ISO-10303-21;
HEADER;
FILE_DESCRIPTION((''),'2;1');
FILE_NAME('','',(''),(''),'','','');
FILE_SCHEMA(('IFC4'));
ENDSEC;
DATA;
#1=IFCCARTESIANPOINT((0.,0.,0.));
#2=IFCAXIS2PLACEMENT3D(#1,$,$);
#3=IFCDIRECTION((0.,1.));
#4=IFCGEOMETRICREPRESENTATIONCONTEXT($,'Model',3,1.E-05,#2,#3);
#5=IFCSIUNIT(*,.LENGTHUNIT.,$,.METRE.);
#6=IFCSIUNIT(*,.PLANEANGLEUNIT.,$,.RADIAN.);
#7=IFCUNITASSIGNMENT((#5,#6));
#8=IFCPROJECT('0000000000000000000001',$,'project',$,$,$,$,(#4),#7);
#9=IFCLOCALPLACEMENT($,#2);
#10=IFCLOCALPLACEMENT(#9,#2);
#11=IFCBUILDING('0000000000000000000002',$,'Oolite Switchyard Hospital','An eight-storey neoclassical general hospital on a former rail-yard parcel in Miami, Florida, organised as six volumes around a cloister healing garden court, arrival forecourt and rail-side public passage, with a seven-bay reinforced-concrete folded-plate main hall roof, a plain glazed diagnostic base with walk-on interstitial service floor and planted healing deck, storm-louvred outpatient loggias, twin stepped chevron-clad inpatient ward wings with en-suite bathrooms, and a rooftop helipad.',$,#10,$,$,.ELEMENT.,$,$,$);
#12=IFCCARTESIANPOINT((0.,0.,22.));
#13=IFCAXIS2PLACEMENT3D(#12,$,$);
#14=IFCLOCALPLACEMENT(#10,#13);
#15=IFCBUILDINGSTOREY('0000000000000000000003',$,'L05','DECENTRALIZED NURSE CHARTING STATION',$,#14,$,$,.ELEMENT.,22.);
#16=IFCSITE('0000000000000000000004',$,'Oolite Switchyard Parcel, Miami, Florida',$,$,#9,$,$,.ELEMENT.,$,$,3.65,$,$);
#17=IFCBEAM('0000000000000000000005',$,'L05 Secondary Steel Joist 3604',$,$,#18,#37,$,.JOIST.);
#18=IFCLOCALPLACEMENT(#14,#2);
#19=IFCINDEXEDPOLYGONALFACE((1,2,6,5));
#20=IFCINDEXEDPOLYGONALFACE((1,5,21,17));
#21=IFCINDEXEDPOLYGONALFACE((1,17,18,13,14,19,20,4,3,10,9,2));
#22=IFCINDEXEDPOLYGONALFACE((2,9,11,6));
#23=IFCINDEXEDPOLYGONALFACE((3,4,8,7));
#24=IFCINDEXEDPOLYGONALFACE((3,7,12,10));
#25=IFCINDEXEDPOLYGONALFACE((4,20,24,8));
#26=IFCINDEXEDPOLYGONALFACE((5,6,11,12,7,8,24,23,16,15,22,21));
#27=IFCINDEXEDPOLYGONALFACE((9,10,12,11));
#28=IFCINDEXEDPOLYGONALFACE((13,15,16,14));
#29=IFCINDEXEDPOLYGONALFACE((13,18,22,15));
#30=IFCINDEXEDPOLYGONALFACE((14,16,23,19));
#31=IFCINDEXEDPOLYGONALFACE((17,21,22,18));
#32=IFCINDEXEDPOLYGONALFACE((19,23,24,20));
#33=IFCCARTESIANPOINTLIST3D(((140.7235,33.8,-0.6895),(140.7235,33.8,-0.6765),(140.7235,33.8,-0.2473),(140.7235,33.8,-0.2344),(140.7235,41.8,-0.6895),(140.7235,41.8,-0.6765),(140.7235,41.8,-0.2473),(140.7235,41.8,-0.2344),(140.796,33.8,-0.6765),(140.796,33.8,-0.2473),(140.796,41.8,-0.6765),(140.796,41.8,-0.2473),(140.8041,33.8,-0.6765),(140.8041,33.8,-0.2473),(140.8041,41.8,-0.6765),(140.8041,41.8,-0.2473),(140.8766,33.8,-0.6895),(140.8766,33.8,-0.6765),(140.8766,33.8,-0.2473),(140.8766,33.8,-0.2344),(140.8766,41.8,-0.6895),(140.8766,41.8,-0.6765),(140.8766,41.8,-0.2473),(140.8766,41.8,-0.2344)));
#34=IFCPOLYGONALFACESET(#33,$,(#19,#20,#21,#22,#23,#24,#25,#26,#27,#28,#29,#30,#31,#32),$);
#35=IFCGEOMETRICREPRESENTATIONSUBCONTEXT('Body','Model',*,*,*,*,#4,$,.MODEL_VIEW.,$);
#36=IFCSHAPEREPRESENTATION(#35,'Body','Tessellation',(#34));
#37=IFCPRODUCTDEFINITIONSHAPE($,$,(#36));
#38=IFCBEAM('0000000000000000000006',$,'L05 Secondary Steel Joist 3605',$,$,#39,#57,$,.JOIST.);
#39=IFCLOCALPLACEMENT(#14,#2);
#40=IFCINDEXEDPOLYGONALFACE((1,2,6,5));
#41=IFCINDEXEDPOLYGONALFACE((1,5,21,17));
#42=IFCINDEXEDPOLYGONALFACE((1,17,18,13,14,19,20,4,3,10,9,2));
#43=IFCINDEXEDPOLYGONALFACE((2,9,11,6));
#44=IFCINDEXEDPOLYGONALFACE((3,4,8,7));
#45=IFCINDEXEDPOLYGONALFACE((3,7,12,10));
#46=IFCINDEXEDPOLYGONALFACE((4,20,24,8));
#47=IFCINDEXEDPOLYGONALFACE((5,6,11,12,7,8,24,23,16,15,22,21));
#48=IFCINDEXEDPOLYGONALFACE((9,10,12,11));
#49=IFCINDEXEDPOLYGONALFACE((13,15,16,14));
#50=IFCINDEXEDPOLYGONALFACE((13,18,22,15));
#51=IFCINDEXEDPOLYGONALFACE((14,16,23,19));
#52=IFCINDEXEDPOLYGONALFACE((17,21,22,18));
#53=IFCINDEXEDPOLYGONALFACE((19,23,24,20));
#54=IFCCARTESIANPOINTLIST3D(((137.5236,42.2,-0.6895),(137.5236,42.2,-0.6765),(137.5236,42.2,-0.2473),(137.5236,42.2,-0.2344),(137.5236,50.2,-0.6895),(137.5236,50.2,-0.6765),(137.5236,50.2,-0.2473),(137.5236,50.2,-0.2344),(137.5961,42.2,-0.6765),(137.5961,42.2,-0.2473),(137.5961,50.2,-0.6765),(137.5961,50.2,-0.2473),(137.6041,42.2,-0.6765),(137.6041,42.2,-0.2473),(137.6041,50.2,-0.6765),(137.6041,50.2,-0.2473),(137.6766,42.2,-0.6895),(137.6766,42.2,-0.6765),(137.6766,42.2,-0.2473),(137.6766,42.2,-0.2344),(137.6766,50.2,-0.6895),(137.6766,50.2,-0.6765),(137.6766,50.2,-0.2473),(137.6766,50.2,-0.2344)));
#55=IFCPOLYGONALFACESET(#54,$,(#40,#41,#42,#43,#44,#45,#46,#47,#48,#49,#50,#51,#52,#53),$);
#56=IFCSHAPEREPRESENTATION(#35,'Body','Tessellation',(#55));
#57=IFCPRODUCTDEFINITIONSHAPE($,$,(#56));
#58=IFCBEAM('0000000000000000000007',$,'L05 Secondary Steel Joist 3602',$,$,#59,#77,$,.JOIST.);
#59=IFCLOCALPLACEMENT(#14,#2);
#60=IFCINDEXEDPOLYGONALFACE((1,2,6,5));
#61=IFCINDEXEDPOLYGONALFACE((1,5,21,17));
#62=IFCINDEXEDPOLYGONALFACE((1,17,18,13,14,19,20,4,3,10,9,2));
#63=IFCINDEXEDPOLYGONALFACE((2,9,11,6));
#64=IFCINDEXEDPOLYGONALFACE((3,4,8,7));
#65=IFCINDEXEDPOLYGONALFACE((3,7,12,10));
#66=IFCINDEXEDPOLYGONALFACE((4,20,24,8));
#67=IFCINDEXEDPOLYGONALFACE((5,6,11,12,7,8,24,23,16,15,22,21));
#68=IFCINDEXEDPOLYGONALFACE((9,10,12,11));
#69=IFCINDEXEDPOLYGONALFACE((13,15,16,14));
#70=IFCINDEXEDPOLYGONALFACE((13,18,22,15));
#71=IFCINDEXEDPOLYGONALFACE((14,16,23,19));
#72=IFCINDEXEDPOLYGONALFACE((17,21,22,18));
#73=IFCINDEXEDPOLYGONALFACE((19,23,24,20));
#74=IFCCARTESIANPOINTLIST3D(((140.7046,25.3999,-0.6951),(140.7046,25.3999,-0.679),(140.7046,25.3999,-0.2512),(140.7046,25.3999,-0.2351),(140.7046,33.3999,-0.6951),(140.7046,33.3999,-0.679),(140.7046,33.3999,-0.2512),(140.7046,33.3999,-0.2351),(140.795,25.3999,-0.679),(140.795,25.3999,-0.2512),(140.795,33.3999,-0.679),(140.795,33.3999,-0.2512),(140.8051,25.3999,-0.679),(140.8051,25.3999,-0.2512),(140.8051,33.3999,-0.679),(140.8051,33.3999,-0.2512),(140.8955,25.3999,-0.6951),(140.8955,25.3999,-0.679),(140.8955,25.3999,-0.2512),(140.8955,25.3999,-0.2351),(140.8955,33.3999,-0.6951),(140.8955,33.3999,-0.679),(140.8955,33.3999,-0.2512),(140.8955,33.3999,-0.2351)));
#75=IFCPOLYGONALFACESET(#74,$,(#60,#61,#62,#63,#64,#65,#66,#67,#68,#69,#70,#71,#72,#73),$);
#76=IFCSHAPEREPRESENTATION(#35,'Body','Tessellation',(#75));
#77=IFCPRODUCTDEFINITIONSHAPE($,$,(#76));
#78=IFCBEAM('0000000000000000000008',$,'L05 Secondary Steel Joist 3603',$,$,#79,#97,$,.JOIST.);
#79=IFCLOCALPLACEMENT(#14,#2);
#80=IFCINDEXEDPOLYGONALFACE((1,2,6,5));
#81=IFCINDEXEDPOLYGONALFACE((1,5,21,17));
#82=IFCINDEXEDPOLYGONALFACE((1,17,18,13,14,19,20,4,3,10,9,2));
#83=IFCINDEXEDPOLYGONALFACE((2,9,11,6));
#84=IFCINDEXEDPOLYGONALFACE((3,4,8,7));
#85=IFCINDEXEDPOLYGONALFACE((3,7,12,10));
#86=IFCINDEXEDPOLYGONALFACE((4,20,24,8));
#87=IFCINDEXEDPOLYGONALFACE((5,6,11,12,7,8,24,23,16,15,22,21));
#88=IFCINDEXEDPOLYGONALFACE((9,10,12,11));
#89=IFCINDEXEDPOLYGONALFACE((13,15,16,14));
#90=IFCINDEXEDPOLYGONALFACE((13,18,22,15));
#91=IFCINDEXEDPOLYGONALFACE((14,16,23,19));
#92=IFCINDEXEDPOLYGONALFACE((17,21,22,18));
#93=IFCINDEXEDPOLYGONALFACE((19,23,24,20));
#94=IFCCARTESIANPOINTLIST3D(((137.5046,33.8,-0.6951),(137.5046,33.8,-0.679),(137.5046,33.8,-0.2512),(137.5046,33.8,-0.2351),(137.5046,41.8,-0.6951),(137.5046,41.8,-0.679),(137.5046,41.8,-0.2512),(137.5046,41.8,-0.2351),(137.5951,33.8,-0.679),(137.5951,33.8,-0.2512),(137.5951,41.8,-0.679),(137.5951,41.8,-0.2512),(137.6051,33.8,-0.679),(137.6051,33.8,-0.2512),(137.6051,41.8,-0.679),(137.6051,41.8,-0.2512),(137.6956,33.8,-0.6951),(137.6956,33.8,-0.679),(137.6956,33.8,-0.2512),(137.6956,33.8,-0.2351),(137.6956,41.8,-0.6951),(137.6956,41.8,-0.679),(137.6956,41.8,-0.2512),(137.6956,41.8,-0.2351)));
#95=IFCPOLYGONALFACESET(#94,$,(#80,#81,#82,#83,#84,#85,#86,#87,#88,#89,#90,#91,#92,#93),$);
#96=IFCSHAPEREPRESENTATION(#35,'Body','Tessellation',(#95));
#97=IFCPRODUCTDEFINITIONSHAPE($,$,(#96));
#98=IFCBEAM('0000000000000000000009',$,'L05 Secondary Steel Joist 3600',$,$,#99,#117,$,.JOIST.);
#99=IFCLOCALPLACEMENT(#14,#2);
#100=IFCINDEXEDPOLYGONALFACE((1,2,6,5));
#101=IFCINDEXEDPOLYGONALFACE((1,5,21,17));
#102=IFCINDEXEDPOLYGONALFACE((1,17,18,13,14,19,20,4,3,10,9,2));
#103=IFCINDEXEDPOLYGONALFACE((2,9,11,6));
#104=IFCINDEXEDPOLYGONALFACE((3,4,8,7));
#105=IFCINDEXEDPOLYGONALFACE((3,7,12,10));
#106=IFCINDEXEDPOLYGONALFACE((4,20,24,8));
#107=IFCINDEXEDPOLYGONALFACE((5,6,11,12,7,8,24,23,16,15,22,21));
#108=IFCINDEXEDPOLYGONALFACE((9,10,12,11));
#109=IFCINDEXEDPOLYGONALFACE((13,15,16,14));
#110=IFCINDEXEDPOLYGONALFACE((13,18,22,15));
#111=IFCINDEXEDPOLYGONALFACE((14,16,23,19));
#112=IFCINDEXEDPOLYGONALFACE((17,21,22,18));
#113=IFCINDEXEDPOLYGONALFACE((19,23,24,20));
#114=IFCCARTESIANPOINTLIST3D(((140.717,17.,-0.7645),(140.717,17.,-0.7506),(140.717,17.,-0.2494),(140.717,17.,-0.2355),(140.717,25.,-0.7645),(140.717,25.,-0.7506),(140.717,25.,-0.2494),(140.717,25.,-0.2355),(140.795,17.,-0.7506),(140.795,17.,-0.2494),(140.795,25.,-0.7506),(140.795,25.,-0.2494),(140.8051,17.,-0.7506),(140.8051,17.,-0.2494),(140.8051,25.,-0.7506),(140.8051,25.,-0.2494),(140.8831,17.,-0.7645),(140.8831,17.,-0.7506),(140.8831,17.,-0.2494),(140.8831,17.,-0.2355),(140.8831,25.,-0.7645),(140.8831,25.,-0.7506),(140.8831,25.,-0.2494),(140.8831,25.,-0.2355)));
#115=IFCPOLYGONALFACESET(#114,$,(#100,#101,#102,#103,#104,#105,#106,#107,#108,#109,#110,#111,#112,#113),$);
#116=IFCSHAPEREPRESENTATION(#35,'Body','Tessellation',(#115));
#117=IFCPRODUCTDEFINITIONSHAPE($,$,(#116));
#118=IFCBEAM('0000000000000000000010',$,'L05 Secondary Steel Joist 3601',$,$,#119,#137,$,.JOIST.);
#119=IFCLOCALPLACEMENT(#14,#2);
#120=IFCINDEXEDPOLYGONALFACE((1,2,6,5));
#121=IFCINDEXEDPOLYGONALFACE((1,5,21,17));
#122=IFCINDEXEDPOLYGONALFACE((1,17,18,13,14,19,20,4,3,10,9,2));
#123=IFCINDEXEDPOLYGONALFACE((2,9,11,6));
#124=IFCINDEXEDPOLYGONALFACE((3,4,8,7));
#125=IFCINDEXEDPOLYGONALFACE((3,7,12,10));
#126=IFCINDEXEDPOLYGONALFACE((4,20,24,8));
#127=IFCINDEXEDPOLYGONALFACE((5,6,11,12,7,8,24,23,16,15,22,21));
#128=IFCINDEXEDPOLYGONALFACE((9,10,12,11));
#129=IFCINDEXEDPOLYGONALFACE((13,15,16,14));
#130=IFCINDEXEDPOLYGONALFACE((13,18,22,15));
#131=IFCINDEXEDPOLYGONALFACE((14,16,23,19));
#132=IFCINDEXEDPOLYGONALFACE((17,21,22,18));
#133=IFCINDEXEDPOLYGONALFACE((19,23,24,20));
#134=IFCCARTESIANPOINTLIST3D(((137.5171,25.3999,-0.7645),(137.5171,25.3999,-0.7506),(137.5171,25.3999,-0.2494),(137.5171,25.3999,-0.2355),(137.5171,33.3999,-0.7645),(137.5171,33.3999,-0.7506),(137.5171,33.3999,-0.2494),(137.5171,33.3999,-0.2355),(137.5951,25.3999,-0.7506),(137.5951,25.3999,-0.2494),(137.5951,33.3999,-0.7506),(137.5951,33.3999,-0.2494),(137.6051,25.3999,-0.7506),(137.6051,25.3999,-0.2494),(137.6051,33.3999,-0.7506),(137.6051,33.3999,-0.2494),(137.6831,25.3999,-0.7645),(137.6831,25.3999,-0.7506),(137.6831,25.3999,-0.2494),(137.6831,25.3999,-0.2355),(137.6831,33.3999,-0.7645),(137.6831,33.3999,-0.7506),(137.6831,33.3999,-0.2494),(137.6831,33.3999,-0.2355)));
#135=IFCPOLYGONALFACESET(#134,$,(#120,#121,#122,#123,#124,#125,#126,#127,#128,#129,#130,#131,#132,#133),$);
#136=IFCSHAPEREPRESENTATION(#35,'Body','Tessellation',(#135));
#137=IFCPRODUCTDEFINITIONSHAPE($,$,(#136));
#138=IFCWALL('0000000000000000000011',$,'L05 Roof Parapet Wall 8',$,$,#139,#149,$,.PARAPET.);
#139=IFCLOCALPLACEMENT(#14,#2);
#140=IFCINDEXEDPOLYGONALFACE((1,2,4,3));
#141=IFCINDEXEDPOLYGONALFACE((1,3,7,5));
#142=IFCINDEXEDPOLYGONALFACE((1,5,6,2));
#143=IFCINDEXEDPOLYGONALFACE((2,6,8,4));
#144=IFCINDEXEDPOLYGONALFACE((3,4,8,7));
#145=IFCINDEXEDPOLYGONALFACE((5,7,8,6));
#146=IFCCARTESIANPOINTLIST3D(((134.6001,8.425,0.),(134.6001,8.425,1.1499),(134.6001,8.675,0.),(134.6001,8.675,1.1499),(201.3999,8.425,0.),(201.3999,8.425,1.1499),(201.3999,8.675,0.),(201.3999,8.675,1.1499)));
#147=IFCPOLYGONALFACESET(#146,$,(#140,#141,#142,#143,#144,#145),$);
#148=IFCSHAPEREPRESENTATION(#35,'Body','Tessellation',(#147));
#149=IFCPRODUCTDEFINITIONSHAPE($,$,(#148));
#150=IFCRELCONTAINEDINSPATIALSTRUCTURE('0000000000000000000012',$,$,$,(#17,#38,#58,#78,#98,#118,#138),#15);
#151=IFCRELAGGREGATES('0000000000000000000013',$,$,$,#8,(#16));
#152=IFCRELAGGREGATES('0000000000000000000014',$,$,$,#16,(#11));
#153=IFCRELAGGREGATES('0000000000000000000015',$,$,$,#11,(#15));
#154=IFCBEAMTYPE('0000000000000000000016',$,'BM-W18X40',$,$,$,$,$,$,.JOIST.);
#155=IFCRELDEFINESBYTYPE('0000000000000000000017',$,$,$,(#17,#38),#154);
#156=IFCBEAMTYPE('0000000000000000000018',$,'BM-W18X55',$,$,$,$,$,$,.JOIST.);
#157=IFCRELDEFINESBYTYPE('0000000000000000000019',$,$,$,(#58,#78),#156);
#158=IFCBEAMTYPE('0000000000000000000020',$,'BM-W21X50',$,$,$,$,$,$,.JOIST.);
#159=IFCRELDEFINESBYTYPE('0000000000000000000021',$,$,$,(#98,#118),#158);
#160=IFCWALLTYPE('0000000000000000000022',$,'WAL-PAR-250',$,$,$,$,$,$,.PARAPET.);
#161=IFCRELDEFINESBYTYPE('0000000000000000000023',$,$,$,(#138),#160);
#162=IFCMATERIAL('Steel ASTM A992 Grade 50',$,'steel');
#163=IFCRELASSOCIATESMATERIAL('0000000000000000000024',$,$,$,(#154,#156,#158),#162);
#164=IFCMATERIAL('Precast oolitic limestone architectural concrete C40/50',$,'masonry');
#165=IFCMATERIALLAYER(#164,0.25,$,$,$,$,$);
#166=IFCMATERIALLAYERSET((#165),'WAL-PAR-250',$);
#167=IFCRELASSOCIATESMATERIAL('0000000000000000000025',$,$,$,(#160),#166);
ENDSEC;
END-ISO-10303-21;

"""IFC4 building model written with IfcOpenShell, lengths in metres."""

from ifc_helpers import new_model, si_unit, direction, frame, frame_2d, origin, origin_2d, place, context, subcontext, project, spatial, rectangle, i_section, extrude, material, layer, layer_set, material_profile, profile_set, type_object, element, save


model = new_model("IFC4")

# Units and contexts
model_context = context("Model", 3, precision=1e-05, world=origin(), true_north=direction((0.0, 1.0)))
body_context = subcontext(model_context, "Body", "Model", "MODEL_VIEW")
ifc_project = project(units=[si_unit("LENGTHUNIT", "METRE"), si_unit("PLANEANGLEUNIT", "RADIAN")], contexts=[model_context])

# Site, building, storey
site_placement = place(None, origin())
site = spatial("IfcSite", under=ifc_project, at=site_placement, Name="Oolite Switchyard Parcel, Miami, Florida", CompositionType="ELEMENT", RefElevation=3.65)
building_placement = place(site_placement, origin())
building = spatial("IfcBuilding", under=site, at=building_placement, Name="Oolite Switchyard Hospital", Description="An eight-storey neoclassical general hospital on a former rail-yard parcel in Miami, Florida, organised as six volumes around a cloister healing garden court, arrival forecourt and rail-side public passage, with a seven-bay reinforced-concrete folded-plate main hall roof, a plain glazed diagnostic base with walk-on interstitial service floor and planted healing deck, storm-louvred outpatient loggias, twin stepped chevron-clad inpatient ward wings with en-suite bathrooms, and a rooftop helipad.", CompositionType="ELEMENT")
storey_placement = place(building_placement, frame((0.0, 0.0, 22.0)))
storey = spatial("IfcBuildingStorey", under=building, at=storey_placement, Name="L05", Description="DECENTRALIZED NURSE CHARTING STATION", CompositionType="ELEMENT", Elevation=22.0)

# Beams
ifc_material_1 = material(Name="Steel ASTM A992 Grade 50", Category="steel")
ifc_material_profile_1 = material_profile(ifc_material_1, i_section(OverallWidth=0.1531, OverallDepth=0.4551, WebThickness=0.0081, FlangeThickness=0.0129, at=origin_2d()), Name="W18X40")
ifc_profile_set_1 = profile_set([ifc_material_profile_1], Name="Steel ASTM A992 Grade 50")
beam_type_1 = type_object("IfcBeamType", Name="BM-W18X40", PredefinedType="JOIST", material=ifc_profile_set_1)
for number, where, z_axis, x_axis, name in (
    (1, (140.8, 33.8, -0.4619), (0.0, 1.0, 0.0), (-1.0, 0.0, 0.0), "L05 Secondary Steel Joist 3604"),
    (2, (137.6001, 42.2, -0.4619), (0.0, 1.0, 0.0), (-1.0, 0.0, 0.0), "L05 Secondary Steel Joist 3605"),
):
    element("IfcBeam", number, at=place(storey_placement, frame(where, z_axis=z_axis, x_axis=x_axis)), inside=storey, type_object=beam_type_1, Name=name, PredefinedType="JOIST", context=body_context, shape_type="SweptSolid", body=[
        extrude(i_section(OverallWidth=0.1531, OverallDepth=0.4551, WebThickness=0.0081, FlangeThickness=0.0129, at=origin_2d()), origin(), (0.0, 0.0, 1.0), 8.0),
    ])
ifc_material_profile_2 = material_profile(ifc_material_1, i_section(OverallWidth=0.1909, OverallDepth=0.46, WebThickness=0.01, FlangeThickness=0.0161, at=origin_2d()), Name="W18X55")
ifc_profile_set_2 = profile_set([ifc_material_profile_2], Name="Steel ASTM A992 Grade 50")
beam_type_2 = type_object("IfcBeamType", Name="BM-W18X55", PredefinedType="JOIST", material=ifc_profile_set_2)
for number, where, z_axis, x_axis, name in (
    (3, (140.8, 25.3999, -0.4651), (0.0, 1.0, 0.0), (-1.0, 0.0, 0.0), "L05 Secondary Steel Joist 3602"),
    (4, (137.6001, 33.8, -0.4651), (0.0, 1.0, 0.0), (-1.0, 0.0, 0.0), "L05 Secondary Steel Joist 3603"),
):
    element("IfcBeam", number, at=place(storey_placement, frame(where, z_axis=z_axis, x_axis=x_axis)), inside=storey, type_object=beam_type_2, Name=name, PredefinedType="JOIST", context=body_context, shape_type="SweptSolid", body=[
        extrude(i_section(OverallWidth=0.1909, OverallDepth=0.46, WebThickness=0.01, FlangeThickness=0.0161, at=origin_2d()), origin(), (0.0, 0.0, 1.0), 8.0),
    ])
ifc_material_profile_3 = material_profile(ifc_material_1, i_section(OverallWidth=0.166, OverallDepth=0.5291, WebThickness=0.01, FlangeThickness=0.0139, at=origin_2d()), Name="W21X50")
ifc_profile_set_3 = profile_set([ifc_material_profile_3], Name="Steel ASTM A992 Grade 50")
beam_type_3 = type_object("IfcBeamType", Name="BM-W21X50", PredefinedType="JOIST", material=ifc_profile_set_3)
for number, where, z_axis, x_axis, name in (
    (5, (140.8, 17.0, -0.5), (0.0, 1.0, 0.0), (-1.0, 0.0, 0.0), "L05 Secondary Steel Joist 3600"),
    (6, (137.6001, 25.3999, -0.5), (0.0, 1.0, 0.0), (-1.0, 0.0, 0.0), "L05 Secondary Steel Joist 3601"),
):
    element("IfcBeam", number, at=place(storey_placement, frame(where, z_axis=z_axis, x_axis=x_axis)), inside=storey, type_object=beam_type_3, Name=name, PredefinedType="JOIST", context=body_context, shape_type="SweptSolid", body=[
        extrude(i_section(OverallWidth=0.166, OverallDepth=0.5291, WebThickness=0.01, FlangeThickness=0.0139, at=origin_2d()), origin(), (0.0, 0.0, 1.0), 8.0),
    ])

# Wall
ifc_material_2 = material(Name="Precast oolitic limestone architectural concrete C40/50", Category="masonry")
ifc_layer = layer(ifc_material_2, 0.25)
ifc_layer_set = layer_set([ifc_layer], Name="WAL-PAR-250")
wall_type = type_object("IfcWallType", Name="WAL-PAR-250", PredefinedType="PARAPET", material=ifc_layer_set)
wall_placement = place(storey_placement, frame((134.6001, 8.55, 0.0), z_axis=(0.0, 0.0, 1.0), x_axis=(1.0, 0.0, 0.0)))
element("IfcWall", 7, at=wall_placement, inside=storey, type_object=wall_type, Name="L05 Roof Parapet Wall 8", PredefinedType="PARAPET", context=body_context, shape_type="SweptSolid", body=[
    extrude(rectangle(XDim=66.7998, YDim=0.25, at=frame_2d((33.3999, 0.0))), origin(), (0.0, 0.0, 1.0), 1.1499),
])

save(model, "model.ifc")
